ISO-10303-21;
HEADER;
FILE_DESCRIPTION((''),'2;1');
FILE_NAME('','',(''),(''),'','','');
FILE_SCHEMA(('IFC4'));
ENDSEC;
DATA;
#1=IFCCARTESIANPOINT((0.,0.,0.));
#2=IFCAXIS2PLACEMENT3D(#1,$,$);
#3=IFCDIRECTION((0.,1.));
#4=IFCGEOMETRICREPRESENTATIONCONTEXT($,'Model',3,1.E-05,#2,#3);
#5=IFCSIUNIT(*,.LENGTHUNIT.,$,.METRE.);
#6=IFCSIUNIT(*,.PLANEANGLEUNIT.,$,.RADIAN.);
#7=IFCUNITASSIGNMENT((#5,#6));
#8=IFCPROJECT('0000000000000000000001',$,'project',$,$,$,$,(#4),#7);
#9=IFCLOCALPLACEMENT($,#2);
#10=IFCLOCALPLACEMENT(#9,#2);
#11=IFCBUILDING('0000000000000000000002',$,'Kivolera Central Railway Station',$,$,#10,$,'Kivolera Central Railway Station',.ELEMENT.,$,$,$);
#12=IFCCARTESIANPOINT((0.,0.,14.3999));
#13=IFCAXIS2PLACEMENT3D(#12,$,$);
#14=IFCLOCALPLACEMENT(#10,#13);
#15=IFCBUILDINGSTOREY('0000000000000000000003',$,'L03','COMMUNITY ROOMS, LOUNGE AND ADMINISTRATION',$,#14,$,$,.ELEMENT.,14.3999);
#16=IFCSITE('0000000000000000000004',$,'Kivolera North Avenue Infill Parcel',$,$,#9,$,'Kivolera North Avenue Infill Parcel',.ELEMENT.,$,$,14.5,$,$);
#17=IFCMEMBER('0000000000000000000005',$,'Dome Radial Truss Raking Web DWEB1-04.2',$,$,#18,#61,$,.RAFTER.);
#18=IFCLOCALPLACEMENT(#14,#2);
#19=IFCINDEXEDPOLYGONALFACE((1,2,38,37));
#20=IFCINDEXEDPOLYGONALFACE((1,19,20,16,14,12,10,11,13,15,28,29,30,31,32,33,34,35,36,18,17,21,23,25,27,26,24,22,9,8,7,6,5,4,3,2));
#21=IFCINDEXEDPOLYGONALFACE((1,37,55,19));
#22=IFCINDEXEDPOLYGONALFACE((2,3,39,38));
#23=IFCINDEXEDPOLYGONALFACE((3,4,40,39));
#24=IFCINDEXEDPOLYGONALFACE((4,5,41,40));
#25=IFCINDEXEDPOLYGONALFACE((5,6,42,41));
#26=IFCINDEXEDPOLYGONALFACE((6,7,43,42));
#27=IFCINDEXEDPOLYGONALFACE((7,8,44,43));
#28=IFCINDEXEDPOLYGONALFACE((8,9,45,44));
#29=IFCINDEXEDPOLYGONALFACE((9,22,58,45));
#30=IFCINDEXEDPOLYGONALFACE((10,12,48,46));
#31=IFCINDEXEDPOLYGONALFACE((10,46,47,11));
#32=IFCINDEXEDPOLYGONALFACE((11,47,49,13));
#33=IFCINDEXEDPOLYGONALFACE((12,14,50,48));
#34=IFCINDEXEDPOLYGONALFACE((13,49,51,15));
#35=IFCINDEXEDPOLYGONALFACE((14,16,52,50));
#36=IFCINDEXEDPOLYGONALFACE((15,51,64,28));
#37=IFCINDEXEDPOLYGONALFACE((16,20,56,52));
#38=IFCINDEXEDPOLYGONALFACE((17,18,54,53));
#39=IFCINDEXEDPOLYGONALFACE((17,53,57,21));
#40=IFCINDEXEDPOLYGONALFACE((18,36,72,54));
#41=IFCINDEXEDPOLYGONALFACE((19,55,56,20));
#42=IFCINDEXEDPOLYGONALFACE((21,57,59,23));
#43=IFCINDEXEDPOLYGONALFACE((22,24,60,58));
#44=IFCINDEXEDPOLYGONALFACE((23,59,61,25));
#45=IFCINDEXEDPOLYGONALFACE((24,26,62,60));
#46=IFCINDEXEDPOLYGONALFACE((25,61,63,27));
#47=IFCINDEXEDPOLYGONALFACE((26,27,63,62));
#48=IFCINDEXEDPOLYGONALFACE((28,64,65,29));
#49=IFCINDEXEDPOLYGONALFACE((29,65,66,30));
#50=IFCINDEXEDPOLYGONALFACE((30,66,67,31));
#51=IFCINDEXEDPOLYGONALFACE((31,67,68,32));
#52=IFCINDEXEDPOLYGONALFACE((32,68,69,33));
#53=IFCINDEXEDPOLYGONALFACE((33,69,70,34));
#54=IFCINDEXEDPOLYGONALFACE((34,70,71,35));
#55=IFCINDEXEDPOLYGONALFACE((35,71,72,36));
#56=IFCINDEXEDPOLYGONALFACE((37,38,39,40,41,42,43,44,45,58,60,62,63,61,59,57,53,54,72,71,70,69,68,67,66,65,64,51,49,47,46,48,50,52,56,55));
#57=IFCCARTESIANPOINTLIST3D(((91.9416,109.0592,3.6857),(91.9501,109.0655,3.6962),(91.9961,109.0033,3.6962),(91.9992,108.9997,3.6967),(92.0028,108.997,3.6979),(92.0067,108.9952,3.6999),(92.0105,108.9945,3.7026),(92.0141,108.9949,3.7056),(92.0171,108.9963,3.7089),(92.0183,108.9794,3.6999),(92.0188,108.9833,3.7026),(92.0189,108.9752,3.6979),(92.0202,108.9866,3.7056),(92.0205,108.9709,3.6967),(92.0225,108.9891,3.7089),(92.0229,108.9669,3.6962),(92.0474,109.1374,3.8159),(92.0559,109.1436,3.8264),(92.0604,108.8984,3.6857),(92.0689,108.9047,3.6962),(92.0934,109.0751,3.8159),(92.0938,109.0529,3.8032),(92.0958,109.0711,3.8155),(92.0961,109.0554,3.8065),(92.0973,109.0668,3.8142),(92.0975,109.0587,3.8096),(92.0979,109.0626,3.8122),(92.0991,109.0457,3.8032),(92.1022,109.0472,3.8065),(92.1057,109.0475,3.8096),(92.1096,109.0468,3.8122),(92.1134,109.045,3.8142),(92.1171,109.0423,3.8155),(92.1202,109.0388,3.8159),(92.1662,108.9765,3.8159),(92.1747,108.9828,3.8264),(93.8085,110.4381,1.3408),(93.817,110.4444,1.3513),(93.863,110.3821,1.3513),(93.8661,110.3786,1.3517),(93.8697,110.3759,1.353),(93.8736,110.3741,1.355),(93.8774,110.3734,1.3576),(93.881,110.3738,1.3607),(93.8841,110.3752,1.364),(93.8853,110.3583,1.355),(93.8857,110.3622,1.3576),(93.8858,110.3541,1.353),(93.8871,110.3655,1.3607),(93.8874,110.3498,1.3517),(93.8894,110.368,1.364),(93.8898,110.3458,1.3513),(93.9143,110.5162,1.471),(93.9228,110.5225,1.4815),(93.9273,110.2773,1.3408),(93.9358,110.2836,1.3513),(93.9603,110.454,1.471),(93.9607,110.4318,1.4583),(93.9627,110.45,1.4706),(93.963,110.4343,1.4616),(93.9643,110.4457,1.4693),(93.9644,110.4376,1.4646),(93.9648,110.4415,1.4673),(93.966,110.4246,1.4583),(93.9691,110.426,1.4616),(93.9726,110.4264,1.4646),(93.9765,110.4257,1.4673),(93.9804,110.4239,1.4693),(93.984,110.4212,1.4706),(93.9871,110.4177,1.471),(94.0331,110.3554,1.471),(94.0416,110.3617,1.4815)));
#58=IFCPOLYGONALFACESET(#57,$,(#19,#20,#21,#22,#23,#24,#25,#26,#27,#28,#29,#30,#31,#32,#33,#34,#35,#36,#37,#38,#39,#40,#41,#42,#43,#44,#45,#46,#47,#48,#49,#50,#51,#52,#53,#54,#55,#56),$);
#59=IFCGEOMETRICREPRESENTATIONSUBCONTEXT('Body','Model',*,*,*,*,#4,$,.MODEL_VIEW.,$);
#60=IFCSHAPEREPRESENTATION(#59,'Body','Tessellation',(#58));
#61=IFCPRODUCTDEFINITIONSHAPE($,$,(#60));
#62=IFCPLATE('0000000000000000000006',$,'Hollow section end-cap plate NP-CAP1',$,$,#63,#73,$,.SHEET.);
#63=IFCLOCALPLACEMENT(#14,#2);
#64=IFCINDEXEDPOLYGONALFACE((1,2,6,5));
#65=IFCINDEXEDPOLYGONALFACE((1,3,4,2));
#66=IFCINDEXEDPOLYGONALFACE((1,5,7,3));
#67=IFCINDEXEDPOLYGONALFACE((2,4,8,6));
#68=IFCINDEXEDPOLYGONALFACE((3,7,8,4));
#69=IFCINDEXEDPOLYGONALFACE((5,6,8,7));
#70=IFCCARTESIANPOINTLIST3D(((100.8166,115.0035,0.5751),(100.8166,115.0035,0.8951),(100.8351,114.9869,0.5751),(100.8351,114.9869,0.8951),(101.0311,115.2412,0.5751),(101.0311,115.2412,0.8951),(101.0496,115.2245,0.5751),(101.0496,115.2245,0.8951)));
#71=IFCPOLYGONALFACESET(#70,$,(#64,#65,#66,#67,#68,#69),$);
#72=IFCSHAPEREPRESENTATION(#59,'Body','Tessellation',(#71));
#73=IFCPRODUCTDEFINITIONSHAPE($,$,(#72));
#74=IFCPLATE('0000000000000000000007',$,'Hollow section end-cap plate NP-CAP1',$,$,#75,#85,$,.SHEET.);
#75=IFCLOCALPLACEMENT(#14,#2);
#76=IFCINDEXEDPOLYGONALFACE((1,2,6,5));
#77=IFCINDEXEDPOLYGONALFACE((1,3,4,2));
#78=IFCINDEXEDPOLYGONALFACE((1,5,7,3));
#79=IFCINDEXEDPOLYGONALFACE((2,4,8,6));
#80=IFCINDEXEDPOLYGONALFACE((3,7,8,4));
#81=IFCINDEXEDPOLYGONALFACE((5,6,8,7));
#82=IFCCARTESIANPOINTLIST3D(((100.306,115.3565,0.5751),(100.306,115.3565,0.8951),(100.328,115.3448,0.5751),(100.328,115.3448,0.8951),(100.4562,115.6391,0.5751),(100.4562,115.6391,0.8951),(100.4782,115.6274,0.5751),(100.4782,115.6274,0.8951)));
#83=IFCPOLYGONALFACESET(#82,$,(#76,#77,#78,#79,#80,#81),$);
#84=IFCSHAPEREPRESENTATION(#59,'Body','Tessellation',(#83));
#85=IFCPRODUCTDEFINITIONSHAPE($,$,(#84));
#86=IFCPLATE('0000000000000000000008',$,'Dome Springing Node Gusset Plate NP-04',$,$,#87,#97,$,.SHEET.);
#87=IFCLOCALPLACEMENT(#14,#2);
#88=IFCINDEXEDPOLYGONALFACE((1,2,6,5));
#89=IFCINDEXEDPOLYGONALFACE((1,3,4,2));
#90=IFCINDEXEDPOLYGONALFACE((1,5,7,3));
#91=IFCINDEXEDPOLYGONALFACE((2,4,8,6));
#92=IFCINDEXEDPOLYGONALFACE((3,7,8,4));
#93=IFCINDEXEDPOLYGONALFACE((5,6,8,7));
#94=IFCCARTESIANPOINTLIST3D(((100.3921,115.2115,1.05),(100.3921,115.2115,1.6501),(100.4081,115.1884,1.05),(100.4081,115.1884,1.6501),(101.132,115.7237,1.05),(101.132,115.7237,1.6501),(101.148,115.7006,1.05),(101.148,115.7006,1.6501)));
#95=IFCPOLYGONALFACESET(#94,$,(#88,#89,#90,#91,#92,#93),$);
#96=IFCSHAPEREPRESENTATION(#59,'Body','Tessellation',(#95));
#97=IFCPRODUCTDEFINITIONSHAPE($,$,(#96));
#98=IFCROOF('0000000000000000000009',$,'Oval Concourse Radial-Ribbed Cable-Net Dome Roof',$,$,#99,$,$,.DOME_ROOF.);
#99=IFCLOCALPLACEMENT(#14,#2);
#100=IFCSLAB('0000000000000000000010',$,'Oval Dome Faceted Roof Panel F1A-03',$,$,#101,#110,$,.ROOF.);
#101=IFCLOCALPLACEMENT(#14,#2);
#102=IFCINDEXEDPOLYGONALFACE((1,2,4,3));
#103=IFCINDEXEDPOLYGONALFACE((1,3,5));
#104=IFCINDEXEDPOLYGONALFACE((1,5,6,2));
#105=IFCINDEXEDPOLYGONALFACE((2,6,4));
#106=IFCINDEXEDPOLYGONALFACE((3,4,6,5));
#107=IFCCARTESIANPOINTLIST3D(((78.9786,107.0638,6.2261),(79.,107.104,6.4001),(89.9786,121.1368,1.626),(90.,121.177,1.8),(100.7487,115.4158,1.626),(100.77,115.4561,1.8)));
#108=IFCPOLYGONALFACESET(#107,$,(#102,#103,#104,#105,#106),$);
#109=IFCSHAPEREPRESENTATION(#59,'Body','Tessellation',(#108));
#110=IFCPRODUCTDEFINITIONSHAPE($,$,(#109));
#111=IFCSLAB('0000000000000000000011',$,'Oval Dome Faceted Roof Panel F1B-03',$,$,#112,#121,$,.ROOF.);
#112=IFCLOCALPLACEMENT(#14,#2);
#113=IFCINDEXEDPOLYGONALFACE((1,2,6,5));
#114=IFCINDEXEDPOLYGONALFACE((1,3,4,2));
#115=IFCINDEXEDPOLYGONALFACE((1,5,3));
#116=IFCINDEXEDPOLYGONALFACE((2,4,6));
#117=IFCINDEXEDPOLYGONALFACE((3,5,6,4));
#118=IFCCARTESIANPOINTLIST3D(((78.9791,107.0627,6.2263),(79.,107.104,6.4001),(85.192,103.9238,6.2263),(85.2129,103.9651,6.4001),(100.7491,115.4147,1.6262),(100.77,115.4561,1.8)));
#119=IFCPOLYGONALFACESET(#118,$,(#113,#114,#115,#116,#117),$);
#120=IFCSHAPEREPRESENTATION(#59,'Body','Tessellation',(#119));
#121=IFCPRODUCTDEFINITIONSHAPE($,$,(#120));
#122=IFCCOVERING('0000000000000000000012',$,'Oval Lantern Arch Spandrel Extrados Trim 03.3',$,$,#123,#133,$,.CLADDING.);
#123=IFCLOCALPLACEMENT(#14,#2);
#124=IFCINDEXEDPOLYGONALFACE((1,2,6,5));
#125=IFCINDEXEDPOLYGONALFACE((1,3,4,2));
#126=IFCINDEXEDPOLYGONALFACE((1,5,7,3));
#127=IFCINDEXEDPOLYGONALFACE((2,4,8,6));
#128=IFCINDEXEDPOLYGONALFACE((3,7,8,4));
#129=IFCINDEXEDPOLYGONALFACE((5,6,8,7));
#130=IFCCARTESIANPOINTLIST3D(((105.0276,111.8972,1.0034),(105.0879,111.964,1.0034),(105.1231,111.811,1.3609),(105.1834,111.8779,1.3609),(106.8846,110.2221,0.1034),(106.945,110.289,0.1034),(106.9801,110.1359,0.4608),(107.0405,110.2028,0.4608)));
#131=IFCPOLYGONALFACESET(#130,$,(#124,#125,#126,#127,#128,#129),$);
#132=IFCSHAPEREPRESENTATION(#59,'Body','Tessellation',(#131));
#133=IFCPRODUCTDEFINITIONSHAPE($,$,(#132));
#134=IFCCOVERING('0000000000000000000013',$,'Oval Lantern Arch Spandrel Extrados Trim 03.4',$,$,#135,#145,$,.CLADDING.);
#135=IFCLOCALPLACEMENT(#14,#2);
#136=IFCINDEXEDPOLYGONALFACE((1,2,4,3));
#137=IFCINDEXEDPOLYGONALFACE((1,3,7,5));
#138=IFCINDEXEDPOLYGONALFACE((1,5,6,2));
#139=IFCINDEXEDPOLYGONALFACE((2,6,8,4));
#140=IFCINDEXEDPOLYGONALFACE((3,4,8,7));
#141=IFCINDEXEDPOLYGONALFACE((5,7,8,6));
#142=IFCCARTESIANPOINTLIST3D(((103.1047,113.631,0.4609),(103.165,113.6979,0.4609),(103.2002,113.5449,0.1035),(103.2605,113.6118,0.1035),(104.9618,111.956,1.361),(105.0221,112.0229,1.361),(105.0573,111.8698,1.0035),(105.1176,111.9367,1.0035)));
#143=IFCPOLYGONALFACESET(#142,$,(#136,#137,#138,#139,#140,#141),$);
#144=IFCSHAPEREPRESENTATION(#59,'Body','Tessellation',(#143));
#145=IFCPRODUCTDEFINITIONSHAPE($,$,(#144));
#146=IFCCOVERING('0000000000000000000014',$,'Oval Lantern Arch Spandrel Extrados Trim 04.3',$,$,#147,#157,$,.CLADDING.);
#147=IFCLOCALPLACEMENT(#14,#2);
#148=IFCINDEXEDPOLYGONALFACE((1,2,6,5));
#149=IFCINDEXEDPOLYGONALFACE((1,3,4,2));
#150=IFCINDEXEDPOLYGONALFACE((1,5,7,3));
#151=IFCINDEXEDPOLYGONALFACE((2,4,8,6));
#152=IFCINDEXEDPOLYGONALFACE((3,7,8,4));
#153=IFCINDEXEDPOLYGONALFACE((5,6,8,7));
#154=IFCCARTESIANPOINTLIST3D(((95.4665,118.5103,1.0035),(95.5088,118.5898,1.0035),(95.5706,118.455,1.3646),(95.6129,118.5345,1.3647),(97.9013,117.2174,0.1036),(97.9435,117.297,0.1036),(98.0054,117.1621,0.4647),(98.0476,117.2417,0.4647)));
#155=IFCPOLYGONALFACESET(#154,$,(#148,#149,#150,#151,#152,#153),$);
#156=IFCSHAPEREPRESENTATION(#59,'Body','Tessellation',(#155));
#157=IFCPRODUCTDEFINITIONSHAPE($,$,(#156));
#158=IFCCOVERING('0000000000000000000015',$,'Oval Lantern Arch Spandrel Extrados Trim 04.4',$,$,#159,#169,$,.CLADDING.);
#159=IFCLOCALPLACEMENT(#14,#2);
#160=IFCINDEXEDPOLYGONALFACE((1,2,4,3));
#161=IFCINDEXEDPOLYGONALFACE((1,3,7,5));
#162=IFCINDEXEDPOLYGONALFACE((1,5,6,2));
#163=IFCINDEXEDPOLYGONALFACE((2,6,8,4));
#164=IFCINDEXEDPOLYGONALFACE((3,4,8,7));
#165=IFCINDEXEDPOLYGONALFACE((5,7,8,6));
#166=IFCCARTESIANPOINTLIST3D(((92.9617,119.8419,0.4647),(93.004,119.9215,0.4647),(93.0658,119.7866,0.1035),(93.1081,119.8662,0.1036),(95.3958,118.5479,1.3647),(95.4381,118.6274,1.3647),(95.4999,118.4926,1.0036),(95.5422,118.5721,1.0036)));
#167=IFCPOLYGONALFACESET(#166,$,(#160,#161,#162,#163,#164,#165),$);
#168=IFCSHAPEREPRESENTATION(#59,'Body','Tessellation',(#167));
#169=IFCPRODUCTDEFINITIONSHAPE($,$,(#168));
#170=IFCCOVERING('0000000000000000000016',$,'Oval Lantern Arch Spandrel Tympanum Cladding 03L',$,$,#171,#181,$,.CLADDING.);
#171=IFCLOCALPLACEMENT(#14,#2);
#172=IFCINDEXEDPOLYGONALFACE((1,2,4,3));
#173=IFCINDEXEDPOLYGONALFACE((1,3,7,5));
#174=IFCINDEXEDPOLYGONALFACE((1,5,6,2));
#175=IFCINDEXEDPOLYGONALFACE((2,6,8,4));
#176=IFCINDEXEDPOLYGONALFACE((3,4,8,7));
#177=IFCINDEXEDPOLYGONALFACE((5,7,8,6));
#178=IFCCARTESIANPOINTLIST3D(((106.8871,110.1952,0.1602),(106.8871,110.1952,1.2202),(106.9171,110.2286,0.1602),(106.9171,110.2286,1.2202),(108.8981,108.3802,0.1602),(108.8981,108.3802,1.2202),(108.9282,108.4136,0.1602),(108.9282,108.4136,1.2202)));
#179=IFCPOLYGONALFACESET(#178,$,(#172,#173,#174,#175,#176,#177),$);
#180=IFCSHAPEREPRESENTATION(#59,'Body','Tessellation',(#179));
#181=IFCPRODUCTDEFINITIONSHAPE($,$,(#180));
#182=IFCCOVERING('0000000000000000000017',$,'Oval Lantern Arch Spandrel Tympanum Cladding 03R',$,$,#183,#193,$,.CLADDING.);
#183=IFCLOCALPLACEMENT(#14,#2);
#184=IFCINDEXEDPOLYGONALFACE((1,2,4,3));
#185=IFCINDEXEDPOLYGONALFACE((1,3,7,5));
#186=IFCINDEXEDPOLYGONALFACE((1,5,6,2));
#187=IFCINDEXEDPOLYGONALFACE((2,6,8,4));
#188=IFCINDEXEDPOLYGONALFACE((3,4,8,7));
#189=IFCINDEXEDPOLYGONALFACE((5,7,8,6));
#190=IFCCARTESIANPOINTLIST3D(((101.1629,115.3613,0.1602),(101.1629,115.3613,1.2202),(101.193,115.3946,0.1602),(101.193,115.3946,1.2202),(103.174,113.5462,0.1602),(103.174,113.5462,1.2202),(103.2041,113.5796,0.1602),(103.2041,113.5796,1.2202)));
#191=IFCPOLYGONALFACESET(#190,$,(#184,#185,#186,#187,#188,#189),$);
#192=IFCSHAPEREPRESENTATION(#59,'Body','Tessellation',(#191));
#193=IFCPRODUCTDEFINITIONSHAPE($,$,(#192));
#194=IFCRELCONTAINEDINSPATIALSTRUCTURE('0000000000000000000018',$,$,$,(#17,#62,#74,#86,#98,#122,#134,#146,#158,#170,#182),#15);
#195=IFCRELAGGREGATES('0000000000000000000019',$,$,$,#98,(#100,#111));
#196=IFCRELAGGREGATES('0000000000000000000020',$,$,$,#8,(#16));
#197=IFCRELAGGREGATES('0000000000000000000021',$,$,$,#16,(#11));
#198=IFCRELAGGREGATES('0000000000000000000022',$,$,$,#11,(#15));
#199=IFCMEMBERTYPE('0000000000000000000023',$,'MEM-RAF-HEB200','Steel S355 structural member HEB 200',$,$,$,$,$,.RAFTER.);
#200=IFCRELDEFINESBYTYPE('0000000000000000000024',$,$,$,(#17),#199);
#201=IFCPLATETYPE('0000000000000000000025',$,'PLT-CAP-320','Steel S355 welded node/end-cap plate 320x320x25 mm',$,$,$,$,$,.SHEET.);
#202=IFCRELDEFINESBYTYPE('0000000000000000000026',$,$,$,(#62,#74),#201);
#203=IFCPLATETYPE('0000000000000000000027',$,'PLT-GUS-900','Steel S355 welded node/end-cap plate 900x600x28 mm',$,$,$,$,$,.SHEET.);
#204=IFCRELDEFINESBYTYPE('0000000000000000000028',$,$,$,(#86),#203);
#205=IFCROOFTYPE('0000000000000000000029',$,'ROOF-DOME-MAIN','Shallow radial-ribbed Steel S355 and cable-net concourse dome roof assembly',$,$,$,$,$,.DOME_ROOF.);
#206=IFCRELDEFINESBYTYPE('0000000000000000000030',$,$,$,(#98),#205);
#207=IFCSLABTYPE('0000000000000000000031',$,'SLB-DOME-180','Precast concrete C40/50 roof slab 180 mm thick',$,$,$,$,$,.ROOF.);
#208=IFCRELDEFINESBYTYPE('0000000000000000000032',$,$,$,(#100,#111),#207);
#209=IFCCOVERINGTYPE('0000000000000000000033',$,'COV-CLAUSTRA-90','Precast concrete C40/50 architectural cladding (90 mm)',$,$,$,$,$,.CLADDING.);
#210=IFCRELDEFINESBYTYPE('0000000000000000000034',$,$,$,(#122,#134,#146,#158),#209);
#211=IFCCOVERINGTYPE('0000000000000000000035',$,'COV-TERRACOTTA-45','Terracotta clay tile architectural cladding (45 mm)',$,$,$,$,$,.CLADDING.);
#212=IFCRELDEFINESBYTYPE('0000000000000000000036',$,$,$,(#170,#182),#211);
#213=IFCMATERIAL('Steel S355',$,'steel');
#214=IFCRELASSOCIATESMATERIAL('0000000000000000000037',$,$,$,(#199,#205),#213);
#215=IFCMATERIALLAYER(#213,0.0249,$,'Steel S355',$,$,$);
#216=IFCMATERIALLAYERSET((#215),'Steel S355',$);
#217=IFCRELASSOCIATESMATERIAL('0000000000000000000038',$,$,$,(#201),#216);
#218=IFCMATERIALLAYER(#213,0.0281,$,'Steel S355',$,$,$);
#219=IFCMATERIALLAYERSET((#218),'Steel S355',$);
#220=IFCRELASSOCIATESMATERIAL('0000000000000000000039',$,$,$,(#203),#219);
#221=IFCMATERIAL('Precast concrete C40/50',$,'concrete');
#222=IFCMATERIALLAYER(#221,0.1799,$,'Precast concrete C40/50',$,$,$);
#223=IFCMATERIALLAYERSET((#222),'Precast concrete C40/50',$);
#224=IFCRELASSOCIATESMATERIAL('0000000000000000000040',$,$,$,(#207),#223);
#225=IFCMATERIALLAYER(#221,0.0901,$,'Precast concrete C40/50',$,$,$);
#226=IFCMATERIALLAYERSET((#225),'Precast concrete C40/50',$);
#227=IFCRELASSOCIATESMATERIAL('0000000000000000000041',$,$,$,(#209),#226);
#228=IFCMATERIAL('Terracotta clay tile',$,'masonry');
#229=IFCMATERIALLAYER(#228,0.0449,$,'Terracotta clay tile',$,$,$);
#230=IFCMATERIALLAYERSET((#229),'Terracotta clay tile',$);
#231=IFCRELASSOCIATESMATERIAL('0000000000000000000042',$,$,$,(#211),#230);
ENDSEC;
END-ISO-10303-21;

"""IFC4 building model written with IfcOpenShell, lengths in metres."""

from ifc_helpers import new_model, si_unit, direction, frame, frame_2d, origin, origin_2d, place, context, subcontext, project, spatial, polyline, rectangle, i_section, outline, extrude, material, layer, layer_set, material_profile, profile_set, type_object, element, aggregate, save


model = new_model("IFC4")

# Units and contexts
model_context = context("Model", 3, precision=1e-05, world=origin(), true_north=direction((0.0, 1.0)))
body_context = subcontext(model_context, "Body", "Model", "MODEL_VIEW")
ifc_project = project(units=[si_unit("LENGTHUNIT", "METRE"), si_unit("PLANEANGLEUNIT", "RADIAN")], contexts=[model_context])

# Site, building, storey
site_placement = place(None, origin())
site = spatial("IfcSite", under=ifc_project, at=site_placement, Name="Kivolera North Avenue Infill Parcel", LongName="Kivolera North Avenue Infill Parcel", CompositionType="ELEMENT", RefElevation=14.5)
building_placement = place(site_placement, origin())
building = spatial("IfcBuilding", under=site, at=building_placement, Name="Kivolera Central Railway Station", LongName="Kivolera Central Railway Station", CompositionType="ELEMENT")
storey_placement = place(building_placement, frame((0.0, 0.0, 14.3999)))
storey = spatial("IfcBuildingStorey", under=building, at=storey_placement, Name="L03", Description="COMMUNITY ROOMS, LOUNGE AND ADMINISTRATION", CompositionType="ELEMENT", Elevation=14.3999)

# Shared definitions
ifc_material_1 = material(Name="Steel S355", Category="steel")

# Member
ifc_material_profile_1 = material_profile(ifc_material_1, i_section(OverallWidth=0.2, OverallDepth=0.2, WebThickness=0.009, FlangeThickness=0.0149, FilletRadius=0.0181, at=origin_2d()), Name="HEB 200")
ifc_profile_set_1 = profile_set([ifc_material_profile_1], Name="Steel S355")
member_type_1 = type_object("IfcMemberType", Name="MEM-RAF-HEB200", Description="Steel S355 structural member HEB 200", PredefinedType="RAFTER", material=ifc_profile_set_1)
member_1_placement = place(storey_placement, frame((93.925, 110.3999, 1.4111), z_axis=(-0.565851, -0.417932, 0.710736), x_axis=(0.59411, -0.804384, 0.0)))
element("IfcMember", 1, at=member_1_placement, inside=storey, type_object=member_type_1, Name="Dome Radial Truss Raking Web DWEB1-04.2", PredefinedType="RAFTER", context=body_context, shape_type="SweptSolid", body=[
    extrude(i_section(OverallWidth=0.2, OverallDepth=0.2, WebThickness=0.009, FlangeThickness=0.0149, FilletRadius=0.0181, at=origin_2d()), origin(), (0.0, 0.0, 1.0), 3.2993),
])

# Plates
ifc_layer_1 = layer(ifc_material_1, 0.0249, Name="Steel S355")
ifc_layer_set_1 = layer_set([ifc_layer_1], Name="Steel S355")
plate_type_1 = type_object("IfcPlateType", Name="PLT-CAP-320", Description="Steel S355 welded node/end-cap plate 320x320x25 mm", PredefinedType="SHEET", material=ifc_layer_set_1)
for number, where, z_axis, x_axis, name in (
    (2, (100.9331, 115.114, 0.7351), (-0.742406, 0.66995, 0.0), (-0.66995, -0.742406, 0.0), "Hollow section end-cap plate NP-CAP1"),
    (3, (100.3921, 115.4919, 0.7351), (-0.883133, 0.469123, 0.0), (-0.469123, -0.883133, 0.0), "Hollow section end-cap plate NP-CAP1"),
):
    element("IfcPlate", number, at=place(storey_placement, frame(where, z_axis=z_axis, x_axis=x_axis)), inside=storey, type_object=plate_type_1, Name=name, PredefinedType="SHEET", context=body_context, shape_type="SweptSolid", body=[
        extrude(rectangle(XDim=0.3201, YDim=0.3201, at=origin_2d()), frame((0.0, 0.0, -0.0125)), (0.0, 0.0, 1.0), 0.0249),
    ])
ifc_layer_2 = layer(ifc_material_1, 0.0281, Name="Steel S355")
ifc_layer_set_2 = layer_set([ifc_layer_2], Name="Steel S355")
plate_type_2 = type_object("IfcPlateType", Name="PLT-GUS-900", Description="Steel S355 welded node/end-cap plate 900x600x28 mm", PredefinedType="SHEET", material=ifc_layer_set_2)
plate_placement = place(storey_placement, frame((100.77, 115.4561, 1.05), z_axis=(0.0, 0.0, 1.0), x_axis=(0.822194, 0.569208, 0.0)))
element("IfcPlate", 4, at=plate_placement, inside=storey, type_object=plate_type_2, Name="Dome Springing Node Gusset Plate NP-04", PredefinedType="SHEET", context=body_context, shape_type="SweptSolid", body=[
    extrude(rectangle(XDim=0.8999, YDim=0.0281, at=origin_2d()), origin(), (0.0, 0.0, 1.0), 0.6001),
])

# Roof, slabs
roof_type = type_object("IfcRoofType", Name="ROOF-DOME-MAIN", Description="Shallow radial-ribbed Steel S355 and cable-net concourse dome roof assembly", PredefinedType="DOME_ROOF", material=ifc_material_1)
roof_placement = place(storey_placement, origin())
roof = element("IfcRoof", 5, at=roof_placement, inside=storey, type_object=roof_type, Name="Oval Concourse Radial-Ribbed Cable-Net Dome Roof", PredefinedType="DOME_ROOF")
ifc_material_2 = material(Name="Precast concrete C40/50", Category="concrete")
ifc_layer_3 = layer(ifc_material_2, 0.1799, Name="Precast concrete C40/50")
ifc_layer_set_3 = layer_set([ifc_layer_3], Name="Precast concrete C40/50")
slab_type = type_object("IfcSlabType", Name="SLB-DOME-180", Description="Precast concrete C40/50 roof slab 180 mm thick", PredefinedType="ROOF", material=ifc_layer_set_3)
slab_1_placement = place(storey_placement, frame((100.77, 115.4561, 1.8), z_axis=(0.118699, 0.223458, 0.967459), x_axis=(-0.883137, 0.469115, 0.0)))
slab_1 = element("IfcSlab", 6, at=slab_1_placement, type_object=slab_type, Name="Oval Dome Faceted Roof Panel F1A-03", PredefinedType="ROOF", context=body_context, shape_type="SweptSolid", body=[
    extrude(outline(polyline([(0.0, 0.0), (12.1952, 0.0), (15.3078, 18.1803), (0.0, 0.0)])), origin(), (0.0, 0.0, -1.0), 0.1799),
])
slab_2_placement = place(storey_placement, frame((100.77, 115.4561, 1.8), z_axis=(0.116057, 0.229713, 0.966314), x_axis=(-0.915992, -0.35142, 0.193553)))
slab_2 = element("IfcSlab", 7, at=slab_2_placement, type_object=slab_type, Name="Oval Dome Faceted Roof Panel F1B-03", PredefinedType="ROOF", context=body_context, shape_type="SweptSolid", body=[
    extrude(outline(polyline([(0.0, 0.0), (23.7666, 0.0), (19.1787, 5.2349), (0.0, 0.0)])), origin(), (0.0, 0.0, -1.0), 0.1799),
])
aggregate(roof, [slab_1, slab_2])

# Coverings
ifc_layer_4 = layer(ifc_material_2, 0.0901, Name="Precast concrete C40/50")
ifc_layer_set_4 = layer_set([ifc_layer_4], Name="Precast concrete C40/50")
covering_type_1 = type_object("IfcCoveringType", Name="COV-CLAUSTRA-90", Description="Precast concrete C40/50 architectural cladding (90 mm)", PredefinedType="CLADDING", material=ifc_layer_set_4)
for number, where, z_axis, x_axis, name in (
    (8, (106.0339, 111.05, 0.7322), (-0.69869, 0.630213, 0.338622), (0.669922, 0.742431, 0.0), "Oval Lantern Arch Spandrel Extrados Trim 03.3"),
    (9, (104.1111, 112.7839, 0.7322), (-0.69869, 0.630213, -0.338622), (0.669922, 0.742431, 0.0), "Oval Lantern Arch Spandrel Extrados Trim 03.4"),
):
    element("IfcCovering", number, at=place(storey_placement, frame(where, z_axis=z_axis, x_axis=x_axis)), inside=storey, type_object=covering_type_1, Name=name, PredefinedType="CLADDING", context=body_context, shape_type="SweptSolid", body=[
        extrude(rectangle(XDim=0.0901, YDim=0.3799, at=origin_2d()), frame((0.0, 0.0, -1.3291)), (0.0, 0.0, 1.0), 2.658),
    ])
for number, where, z_axis, x_axis, name in (
    (10, (96.7571, 117.876, 0.7341), (-0.839602, 0.445834, 0.310325), (0.469119, 0.883135, 0.0), "Oval Lantern Arch Spandrel Extrados Trim 04.3"),
    (11, (94.252, 119.207, 0.7341), (-0.839371, 0.446239, -0.310367), (0.469119, 0.883135, 0.0), "Oval Lantern Arch Spandrel Extrados Trim 04.4"),
):
    element("IfcCovering", number, at=place(storey_placement, frame(where, z_axis=z_axis, x_axis=x_axis)), inside=storey, type_object=covering_type_1, Name=name, PredefinedType="CLADDING", context=body_context, shape_type="SweptSolid", body=[
        extrude(rectangle(XDim=0.0901, YDim=0.3799, at=origin_2d()), frame((0.0, 0.0, -1.45)), (0.0, 0.0, 1.0), 2.8999),
    ])
ifc_material_3 = material(Name="Terracotta clay tile", Category="masonry")
ifc_layer_5 = layer(ifc_material_3, 0.0449, Name="Terracotta clay tile")
ifc_layer_set_5 = layer_set([ifc_layer_5], Name="Terracotta clay tile")
covering_type_2 = type_object("IfcCoveringType", Name="COV-TERRACOTTA-45", Description="Terracotta clay tile architectural cladding (45 mm)", PredefinedType="CLADDING", material=ifc_layer_set_5)
for number, where, z_axis, x_axis, name in (
    (12, (106.9021, 110.2119, 0.1602), (0.0, 0.0, 1.0), (0.742366, -0.669995, 0.0), "Oval Lantern Arch Spandrel Tympanum Cladding 03L"),
    (13, (101.178, 115.3779, 0.1602), (0.0, 0.0, 1.0), (0.742366, -0.669995, 0.0), "Oval Lantern Arch Spandrel Tympanum Cladding 03R"),
):
    element("IfcCovering", number, at=place(storey_placement, frame(where, z_axis=z_axis, x_axis=x_axis)), inside=storey, type_object=covering_type_2, Name=name, PredefinedType="CLADDING", context=body_context, shape_type="SweptSolid", body=[
        extrude(rectangle(XDim=2.709, YDim=0.0449, at=frame_2d((1.3545, 0.0))), origin(), (0.0, 0.0, 1.0), 1.0601),
    ])

save(model, "model.ifc")
